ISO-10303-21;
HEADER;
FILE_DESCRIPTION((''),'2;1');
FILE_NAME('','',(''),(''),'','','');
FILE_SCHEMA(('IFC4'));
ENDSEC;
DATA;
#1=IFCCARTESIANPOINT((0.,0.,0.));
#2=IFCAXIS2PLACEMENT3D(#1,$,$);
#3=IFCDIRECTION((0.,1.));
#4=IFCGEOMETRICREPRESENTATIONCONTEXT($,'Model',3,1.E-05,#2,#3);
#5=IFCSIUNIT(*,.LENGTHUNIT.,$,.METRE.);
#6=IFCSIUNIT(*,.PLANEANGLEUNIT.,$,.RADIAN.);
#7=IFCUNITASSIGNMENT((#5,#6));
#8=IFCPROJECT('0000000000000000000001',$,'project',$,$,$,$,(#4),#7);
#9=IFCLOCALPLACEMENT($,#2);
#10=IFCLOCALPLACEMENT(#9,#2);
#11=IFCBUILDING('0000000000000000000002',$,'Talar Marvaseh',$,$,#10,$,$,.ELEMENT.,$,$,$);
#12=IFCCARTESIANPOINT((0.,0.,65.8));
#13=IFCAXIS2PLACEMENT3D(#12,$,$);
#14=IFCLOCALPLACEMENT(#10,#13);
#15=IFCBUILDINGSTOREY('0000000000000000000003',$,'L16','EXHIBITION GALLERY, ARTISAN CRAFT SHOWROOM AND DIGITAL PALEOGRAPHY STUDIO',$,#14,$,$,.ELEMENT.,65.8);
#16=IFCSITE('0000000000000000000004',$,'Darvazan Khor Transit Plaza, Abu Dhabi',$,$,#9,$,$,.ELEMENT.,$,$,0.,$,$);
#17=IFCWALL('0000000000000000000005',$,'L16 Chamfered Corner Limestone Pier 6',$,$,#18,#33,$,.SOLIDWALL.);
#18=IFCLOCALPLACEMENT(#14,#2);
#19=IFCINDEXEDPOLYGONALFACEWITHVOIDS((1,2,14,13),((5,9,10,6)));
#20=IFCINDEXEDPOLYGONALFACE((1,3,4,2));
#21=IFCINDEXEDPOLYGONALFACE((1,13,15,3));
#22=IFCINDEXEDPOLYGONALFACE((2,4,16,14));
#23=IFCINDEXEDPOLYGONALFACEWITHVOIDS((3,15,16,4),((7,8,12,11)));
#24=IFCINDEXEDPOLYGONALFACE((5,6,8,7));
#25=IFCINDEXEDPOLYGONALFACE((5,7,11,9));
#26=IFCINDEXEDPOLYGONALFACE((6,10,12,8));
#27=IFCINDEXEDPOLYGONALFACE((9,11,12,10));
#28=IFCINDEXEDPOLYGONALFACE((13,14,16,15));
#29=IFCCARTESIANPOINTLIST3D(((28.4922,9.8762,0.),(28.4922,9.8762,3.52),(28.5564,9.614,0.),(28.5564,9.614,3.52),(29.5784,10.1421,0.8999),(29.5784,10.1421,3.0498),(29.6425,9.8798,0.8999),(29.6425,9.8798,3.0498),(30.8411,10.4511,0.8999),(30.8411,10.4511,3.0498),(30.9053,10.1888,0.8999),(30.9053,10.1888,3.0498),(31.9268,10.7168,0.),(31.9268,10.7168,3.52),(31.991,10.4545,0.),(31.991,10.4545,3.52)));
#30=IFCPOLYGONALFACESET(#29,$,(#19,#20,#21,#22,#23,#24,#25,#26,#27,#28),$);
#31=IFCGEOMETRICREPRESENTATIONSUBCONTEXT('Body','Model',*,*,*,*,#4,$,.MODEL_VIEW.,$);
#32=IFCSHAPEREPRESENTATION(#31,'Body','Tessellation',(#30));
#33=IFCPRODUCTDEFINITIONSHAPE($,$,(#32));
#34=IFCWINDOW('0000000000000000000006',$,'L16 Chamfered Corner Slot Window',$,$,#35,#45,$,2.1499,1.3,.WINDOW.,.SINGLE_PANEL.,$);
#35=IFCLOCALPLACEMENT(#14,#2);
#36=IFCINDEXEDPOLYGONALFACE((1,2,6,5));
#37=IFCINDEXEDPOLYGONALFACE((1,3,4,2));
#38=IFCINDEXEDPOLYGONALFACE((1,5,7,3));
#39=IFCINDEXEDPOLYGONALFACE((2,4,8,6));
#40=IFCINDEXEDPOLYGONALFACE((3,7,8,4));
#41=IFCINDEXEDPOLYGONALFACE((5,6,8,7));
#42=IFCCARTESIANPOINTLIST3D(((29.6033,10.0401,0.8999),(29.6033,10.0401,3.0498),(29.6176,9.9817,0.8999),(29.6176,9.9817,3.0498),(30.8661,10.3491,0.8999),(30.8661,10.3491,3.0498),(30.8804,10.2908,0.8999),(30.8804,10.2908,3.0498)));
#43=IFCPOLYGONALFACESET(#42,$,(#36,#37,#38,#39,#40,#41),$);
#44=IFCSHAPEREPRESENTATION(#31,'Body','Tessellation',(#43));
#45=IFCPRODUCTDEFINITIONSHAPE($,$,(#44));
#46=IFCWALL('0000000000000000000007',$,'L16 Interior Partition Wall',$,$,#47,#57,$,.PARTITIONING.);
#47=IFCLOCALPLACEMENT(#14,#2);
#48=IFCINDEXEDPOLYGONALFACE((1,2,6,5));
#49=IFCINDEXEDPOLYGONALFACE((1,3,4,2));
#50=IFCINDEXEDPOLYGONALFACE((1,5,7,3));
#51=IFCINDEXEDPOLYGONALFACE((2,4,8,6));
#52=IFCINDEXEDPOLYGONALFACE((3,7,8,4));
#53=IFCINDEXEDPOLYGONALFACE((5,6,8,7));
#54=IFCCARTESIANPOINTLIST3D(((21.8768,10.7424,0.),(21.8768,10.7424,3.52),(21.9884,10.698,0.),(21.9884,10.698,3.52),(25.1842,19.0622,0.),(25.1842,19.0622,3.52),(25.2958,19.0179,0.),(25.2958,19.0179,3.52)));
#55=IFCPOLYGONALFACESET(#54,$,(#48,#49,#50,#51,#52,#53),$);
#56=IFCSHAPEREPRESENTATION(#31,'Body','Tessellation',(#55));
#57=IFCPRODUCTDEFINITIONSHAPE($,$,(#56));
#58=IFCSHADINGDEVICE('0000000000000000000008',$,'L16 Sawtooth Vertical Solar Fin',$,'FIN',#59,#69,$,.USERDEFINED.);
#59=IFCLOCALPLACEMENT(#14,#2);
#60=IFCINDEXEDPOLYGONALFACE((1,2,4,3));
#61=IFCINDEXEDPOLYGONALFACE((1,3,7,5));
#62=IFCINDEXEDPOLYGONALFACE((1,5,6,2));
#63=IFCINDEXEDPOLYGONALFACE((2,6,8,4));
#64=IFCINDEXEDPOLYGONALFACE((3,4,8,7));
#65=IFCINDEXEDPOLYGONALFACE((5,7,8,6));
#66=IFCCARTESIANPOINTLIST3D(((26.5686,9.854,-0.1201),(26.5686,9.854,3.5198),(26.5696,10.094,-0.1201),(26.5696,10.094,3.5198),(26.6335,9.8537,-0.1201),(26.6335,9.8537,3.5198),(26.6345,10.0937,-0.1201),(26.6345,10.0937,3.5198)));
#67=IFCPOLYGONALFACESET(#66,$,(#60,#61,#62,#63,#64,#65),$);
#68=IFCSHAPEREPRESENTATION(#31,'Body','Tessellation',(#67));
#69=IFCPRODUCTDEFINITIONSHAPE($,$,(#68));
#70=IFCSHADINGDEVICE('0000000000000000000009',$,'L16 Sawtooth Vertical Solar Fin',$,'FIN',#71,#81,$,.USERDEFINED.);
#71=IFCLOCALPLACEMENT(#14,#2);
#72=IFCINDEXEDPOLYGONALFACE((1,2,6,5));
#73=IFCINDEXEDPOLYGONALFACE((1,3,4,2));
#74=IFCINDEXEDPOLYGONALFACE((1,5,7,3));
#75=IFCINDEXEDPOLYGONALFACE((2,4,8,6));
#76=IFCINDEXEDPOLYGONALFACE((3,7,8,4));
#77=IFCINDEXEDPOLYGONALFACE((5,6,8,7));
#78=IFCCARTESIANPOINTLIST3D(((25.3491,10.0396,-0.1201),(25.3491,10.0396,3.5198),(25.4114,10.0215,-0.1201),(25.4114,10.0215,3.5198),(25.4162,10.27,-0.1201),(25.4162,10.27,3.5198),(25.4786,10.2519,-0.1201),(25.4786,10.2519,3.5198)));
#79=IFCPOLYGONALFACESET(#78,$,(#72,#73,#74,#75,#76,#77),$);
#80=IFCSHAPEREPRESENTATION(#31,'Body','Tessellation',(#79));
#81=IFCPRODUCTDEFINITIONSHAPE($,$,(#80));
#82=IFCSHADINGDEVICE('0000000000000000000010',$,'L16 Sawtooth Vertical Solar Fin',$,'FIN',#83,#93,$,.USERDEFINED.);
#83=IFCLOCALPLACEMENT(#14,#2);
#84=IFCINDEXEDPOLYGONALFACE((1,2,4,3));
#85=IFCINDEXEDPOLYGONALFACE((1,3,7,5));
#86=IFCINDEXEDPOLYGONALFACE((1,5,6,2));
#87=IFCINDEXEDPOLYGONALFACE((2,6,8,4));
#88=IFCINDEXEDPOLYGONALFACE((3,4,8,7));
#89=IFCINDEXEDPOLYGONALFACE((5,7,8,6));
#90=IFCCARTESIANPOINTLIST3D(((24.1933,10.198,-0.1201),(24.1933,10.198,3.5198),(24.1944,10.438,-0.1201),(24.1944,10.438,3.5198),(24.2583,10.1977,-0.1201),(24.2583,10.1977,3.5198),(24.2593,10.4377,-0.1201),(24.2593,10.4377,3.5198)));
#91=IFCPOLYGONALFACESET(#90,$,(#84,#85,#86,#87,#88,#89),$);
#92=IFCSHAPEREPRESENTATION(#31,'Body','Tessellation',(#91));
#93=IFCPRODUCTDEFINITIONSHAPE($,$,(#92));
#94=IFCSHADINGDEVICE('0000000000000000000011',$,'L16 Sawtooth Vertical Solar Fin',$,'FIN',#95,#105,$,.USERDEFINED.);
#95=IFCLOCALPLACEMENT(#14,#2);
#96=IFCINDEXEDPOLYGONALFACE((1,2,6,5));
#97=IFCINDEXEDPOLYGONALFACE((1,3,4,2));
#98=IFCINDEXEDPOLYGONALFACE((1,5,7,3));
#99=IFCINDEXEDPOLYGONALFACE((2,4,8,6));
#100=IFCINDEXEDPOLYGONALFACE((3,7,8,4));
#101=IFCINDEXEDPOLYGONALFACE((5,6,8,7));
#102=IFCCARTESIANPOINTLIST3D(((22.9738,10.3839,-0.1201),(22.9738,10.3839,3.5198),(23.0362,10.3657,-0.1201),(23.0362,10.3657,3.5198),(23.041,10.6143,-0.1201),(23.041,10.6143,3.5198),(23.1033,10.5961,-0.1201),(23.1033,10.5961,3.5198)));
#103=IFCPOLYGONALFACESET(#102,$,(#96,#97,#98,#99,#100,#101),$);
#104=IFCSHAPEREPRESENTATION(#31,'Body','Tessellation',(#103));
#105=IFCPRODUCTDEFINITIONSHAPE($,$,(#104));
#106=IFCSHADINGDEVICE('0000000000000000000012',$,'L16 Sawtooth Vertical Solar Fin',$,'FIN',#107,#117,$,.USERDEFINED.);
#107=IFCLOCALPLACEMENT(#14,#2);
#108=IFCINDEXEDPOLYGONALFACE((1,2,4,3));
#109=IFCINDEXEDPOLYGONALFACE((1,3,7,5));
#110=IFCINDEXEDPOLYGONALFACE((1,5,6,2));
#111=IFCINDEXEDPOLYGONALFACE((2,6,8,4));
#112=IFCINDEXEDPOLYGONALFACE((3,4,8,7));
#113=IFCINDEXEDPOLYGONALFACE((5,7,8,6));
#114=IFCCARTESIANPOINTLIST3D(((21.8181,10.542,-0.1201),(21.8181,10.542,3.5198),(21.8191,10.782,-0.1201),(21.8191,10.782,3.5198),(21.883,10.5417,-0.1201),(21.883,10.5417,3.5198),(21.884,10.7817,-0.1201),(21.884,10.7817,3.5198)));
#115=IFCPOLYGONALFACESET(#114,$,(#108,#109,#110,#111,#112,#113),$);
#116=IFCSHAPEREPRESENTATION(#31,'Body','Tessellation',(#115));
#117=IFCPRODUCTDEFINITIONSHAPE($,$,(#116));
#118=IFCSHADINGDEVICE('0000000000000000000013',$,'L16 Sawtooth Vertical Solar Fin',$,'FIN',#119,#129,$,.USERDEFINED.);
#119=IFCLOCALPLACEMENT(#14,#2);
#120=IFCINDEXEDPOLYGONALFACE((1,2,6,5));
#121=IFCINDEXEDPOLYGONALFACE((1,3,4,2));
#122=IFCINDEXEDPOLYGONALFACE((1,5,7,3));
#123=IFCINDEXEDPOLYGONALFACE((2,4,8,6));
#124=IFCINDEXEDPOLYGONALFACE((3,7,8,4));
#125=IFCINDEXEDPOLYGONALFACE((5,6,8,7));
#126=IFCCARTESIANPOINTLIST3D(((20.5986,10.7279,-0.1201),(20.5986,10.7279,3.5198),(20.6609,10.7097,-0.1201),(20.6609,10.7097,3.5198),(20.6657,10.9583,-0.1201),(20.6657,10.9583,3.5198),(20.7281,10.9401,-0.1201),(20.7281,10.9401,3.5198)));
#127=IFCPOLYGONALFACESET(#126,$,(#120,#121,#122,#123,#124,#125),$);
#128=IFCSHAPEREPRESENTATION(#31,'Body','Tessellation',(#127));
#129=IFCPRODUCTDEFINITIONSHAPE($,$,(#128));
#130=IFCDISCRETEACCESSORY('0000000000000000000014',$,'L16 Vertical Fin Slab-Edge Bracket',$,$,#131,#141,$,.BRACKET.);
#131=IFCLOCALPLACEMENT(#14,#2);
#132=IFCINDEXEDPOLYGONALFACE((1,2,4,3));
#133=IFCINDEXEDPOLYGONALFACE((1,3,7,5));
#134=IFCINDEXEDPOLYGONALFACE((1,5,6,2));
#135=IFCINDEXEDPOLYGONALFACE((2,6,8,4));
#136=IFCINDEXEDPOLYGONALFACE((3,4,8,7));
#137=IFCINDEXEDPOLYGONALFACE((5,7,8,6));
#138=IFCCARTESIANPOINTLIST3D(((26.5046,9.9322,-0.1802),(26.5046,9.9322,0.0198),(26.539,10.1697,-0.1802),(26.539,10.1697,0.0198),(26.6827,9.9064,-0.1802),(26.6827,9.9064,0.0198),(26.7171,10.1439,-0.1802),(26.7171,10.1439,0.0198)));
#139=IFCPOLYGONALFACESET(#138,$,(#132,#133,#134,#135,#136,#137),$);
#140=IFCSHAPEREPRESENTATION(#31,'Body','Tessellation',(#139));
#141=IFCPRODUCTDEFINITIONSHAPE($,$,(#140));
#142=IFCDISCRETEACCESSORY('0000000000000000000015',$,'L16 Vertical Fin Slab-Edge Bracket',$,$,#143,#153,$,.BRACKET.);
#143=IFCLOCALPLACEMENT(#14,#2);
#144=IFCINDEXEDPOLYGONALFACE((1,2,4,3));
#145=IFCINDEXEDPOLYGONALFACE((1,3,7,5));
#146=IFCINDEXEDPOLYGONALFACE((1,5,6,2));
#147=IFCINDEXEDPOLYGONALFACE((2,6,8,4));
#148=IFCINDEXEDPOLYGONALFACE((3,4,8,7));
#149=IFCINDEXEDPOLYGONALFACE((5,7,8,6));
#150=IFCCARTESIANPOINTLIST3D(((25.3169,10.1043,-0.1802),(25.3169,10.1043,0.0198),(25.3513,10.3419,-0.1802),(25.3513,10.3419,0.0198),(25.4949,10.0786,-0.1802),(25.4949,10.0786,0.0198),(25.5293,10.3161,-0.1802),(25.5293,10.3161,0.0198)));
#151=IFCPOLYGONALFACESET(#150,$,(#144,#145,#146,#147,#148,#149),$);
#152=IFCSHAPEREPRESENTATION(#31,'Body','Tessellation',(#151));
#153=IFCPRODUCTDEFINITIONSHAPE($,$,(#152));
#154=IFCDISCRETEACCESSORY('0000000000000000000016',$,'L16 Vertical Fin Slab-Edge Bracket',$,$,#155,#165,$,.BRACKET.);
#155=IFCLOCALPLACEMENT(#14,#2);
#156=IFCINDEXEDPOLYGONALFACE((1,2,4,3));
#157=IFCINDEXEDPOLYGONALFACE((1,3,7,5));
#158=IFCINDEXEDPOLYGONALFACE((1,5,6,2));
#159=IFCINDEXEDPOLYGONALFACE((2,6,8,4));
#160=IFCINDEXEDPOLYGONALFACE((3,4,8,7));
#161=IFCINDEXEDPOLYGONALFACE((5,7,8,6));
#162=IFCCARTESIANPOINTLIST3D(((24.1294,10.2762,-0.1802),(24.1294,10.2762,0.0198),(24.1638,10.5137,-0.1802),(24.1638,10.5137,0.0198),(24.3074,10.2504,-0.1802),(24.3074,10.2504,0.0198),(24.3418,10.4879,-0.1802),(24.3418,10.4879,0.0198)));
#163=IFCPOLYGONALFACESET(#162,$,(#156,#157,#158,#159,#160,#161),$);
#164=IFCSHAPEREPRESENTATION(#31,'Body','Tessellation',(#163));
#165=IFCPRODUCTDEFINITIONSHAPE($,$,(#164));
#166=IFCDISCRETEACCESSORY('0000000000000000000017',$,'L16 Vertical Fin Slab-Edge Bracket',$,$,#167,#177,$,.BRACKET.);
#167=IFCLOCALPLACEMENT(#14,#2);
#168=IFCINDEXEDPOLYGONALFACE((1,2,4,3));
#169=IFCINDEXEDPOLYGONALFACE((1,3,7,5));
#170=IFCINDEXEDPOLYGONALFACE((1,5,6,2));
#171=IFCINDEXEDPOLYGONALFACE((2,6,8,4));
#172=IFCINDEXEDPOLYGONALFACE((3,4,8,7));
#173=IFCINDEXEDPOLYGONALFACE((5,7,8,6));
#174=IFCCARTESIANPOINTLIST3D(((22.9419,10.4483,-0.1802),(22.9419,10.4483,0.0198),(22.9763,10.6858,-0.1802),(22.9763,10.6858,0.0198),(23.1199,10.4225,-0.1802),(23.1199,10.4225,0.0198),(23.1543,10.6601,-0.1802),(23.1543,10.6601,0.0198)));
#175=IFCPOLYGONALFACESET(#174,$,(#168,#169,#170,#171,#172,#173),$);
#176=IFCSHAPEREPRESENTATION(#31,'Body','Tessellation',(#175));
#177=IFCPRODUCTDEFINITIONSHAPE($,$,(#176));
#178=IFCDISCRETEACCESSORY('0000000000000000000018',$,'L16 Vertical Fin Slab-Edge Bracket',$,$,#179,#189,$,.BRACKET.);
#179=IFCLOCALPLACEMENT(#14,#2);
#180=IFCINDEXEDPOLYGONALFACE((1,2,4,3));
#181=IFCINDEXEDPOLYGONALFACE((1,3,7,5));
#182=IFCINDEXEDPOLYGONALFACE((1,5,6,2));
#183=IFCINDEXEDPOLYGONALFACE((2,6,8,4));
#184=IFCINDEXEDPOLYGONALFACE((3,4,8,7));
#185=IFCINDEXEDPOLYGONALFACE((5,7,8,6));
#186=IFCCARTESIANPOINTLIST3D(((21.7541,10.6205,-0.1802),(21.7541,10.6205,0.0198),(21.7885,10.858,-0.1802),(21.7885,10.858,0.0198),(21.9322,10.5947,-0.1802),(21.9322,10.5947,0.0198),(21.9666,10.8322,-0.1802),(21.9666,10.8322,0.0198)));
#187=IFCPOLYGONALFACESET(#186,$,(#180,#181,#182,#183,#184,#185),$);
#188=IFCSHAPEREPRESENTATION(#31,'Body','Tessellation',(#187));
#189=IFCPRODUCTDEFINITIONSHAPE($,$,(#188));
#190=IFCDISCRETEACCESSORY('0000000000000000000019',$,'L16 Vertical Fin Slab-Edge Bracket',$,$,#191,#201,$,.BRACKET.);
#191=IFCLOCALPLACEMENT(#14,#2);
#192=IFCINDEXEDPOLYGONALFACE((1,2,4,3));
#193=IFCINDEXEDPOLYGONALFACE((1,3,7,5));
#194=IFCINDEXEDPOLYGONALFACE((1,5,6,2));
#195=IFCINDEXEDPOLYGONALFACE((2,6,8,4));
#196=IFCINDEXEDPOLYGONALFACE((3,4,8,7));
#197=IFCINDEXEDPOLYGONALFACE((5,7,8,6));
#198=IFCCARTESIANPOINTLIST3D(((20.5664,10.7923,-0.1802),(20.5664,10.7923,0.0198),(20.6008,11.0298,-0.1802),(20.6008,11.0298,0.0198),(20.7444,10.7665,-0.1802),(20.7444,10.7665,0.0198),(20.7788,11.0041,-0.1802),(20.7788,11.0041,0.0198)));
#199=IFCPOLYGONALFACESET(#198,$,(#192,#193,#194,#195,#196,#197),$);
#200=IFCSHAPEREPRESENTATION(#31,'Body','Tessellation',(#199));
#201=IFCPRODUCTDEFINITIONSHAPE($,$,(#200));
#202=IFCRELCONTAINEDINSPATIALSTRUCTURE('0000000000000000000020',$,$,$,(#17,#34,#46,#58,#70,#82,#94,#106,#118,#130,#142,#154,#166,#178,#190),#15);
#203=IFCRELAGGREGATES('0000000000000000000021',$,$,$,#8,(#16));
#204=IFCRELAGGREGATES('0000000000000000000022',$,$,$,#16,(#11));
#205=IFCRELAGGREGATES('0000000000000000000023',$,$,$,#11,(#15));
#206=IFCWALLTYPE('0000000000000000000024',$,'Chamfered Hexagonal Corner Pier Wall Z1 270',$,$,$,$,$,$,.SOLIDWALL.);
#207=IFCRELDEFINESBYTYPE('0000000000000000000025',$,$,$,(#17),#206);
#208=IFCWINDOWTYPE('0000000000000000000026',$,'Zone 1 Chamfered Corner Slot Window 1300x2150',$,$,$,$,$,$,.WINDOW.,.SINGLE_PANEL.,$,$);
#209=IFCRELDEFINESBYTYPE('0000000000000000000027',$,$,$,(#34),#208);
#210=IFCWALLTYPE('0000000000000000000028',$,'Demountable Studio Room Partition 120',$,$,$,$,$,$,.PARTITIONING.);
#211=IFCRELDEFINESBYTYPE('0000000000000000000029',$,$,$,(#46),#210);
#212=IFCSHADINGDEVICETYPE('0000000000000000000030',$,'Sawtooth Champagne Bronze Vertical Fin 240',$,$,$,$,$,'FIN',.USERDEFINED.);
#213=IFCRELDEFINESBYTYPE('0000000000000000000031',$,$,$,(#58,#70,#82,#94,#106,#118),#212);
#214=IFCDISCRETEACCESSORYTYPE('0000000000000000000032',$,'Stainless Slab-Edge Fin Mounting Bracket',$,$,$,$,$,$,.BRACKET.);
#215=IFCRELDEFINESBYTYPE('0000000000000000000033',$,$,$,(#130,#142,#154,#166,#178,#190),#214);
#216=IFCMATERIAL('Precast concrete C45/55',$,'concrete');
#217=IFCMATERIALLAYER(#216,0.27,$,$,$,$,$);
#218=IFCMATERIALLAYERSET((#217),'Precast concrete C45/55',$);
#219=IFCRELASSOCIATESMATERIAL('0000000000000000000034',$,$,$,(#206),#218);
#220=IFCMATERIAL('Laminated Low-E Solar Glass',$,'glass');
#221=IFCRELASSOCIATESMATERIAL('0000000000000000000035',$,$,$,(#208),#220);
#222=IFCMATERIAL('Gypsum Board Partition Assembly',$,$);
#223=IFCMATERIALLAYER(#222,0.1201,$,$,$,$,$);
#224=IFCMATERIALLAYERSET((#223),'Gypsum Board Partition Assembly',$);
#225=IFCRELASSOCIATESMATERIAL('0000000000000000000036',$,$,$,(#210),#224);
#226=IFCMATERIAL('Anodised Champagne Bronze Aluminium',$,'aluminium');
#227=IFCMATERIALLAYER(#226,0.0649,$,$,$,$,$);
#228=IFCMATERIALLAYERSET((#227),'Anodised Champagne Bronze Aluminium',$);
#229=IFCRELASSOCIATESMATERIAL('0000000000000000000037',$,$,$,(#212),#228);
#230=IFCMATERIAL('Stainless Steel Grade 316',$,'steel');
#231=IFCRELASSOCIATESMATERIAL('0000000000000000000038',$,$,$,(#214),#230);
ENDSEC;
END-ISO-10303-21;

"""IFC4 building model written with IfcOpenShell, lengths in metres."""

from ifc_helpers import new_model, si_unit, direction, frame, frame_2d, origin, origin_2d, place, context, subcontext, project, spatial, rectangle, extrude, source, transform, mapped, material, layer, layer_set, type_object, type_shapes, element, fill, save


model = new_model("IFC4")

# Units and contexts
model_context = context("Model", 3, precision=1e-05, world=origin(), true_north=direction((0.0, 1.0)))
body_context = subcontext(model_context, "Body", "Model", "MODEL_VIEW")
ifc_project = project(units=[si_unit("LENGTHUNIT", "METRE"), si_unit("PLANEANGLEUNIT", "RADIAN")], contexts=[model_context])

# Site, building, storey
site_placement = place(None, origin())
site = spatial("IfcSite", under=ifc_project, at=site_placement, Name="Darvazan Khor Transit Plaza, Abu Dhabi", CompositionType="ELEMENT", RefElevation=0.0)
building_placement = place(site_placement, origin())
building = spatial("IfcBuilding", under=site, at=building_placement, Name="Talar Marvaseh", CompositionType="ELEMENT")
storey_placement = place(building_placement, frame((0.0, 0.0, 65.8)))
storey = spatial("IfcBuildingStorey", under=building, at=storey_placement, Name="L16", Description="EXHIBITION GALLERY, ARTISAN CRAFT SHOWROOM AND DIGITAL PALEOGRAPHY STUDIO", CompositionType="ELEMENT", Elevation=65.8)

# Shared definitions
ifc_material_1 = material(Name="Laminated Low-E Solar Glass", Category="glass")

# Wall, opening, window
ifc_material_2 = material(Name="Precast concrete C45/55", Category="concrete")
ifc_layer_1 = layer(ifc_material_2, 0.27)
ifc_layer_set_1 = layer_set([ifc_layer_1], Name="Precast concrete C45/55")
wall_type_1 = type_object("IfcWallType", Name="Chamfered Hexagonal Corner Pier Wall Z1 270", PredefinedType="SOLIDWALL", material=ifc_layer_set_1)
wall_1_placement = place(storey_placement, frame((31.959, 10.5857, 0.0), z_axis=(0.0, 0.0, 1.0), x_axis=(-0.971333, -0.237724, 0.0)))
wall_1 = element("IfcWall", 1, at=wall_1_placement, inside=storey, type_object=wall_type_1, Name="L16 Chamfered Corner Limestone Pier 6", PredefinedType="SOLIDWALL", context=body_context, shape_type="SweptSolid", body=[
    extrude(rectangle(XDim=3.5359, YDim=0.27, at=frame_2d((1.7681, 0.0))), origin(), (0.0, 0.0, 1.0), 3.52),
])
opening_placement = place(wall_1_placement, frame((1.1179, 0.0, 0.8999)))
opening = element("IfcOpeningElement", 2, at=opening_placement, cuts=wall_1, PredefinedType="OPENING", context=body_context, shape_type="SweptSolid", body=[
    extrude(rectangle(XDim=1.3, YDim=2.1499, at=frame_2d((0.6499, 1.075))), frame((0.0, 0.145, 0.0), z_axis=(0.0, -1.0, 0.0), x_axis=(1.0, 0.0, 0.0)), (0.0, 0.0, 1.0), 0.29),
])
window_type = type_object("IfcWindowType", Name="Zone 1 Chamfered Corner Slot Window 1300x2150", PartitioningType="SINGLE_PANEL", PredefinedType="WINDOW", material=ifc_material_1)
shared_shape_1 = source(origin(), body_context, "Body", "SweptSolid", [
    extrude(rectangle(XDim=1.3, YDim=2.1499, at=frame_2d((0.6499, 1.075))), frame((0.0, 0.03, 0.0), z_axis=(0.0, -1.0, 0.0), x_axis=(1.0, 0.0, 0.0)), (0.0, 0.0, 1.0), 0.0601),
])
type_shapes(window_type, [shared_shape_1])
window_placement = place(opening_placement, origin())
window = element("IfcWindow", 3, at=window_placement, inside=storey, type_object=window_type, Name="L16 Chamfered Corner Slot Window", OverallHeight=2.1499, OverallWidth=1.3, PartitioningType="SINGLE_PANEL", PredefinedType="WINDOW", context=body_context, shape_type="MappedRepresentation", body=[
    mapped(shared_shape_1, transform((0.0, 0.0, 0.0), x_axis=(1.0, 0.0, 0.0), y_axis=(0.0, 1.0, 0.0), z_axis=(0.0, 0.0, 1.0), scale=1.0)),
])
fill(opening, window)

# Wall
ifc_material_3 = material(Name="Gypsum Board Partition Assembly")
ifc_layer_2 = layer(ifc_material_3, 0.1201)
ifc_layer_set_2 = layer_set([ifc_layer_2], Name="Gypsum Board Partition Assembly")
wall_type_2 = type_object("IfcWallType", Name="Demountable Studio Room Partition 120", PredefinedType="PARTITIONING", material=ifc_layer_set_2)
wall_2_placement = place(storey_placement, frame((25.24, 19.04, 0.0), z_axis=(0.0, 0.0, 1.0), x_axis=(-0.36941, -0.929266, 0.0)))
element("IfcWall", 4, at=wall_2_placement, inside=storey, type_object=wall_type_2, Name="L16 Interior Partition Wall", PredefinedType="PARTITIONING", context=body_context, shape_type="SweptSolid", body=[
    extrude(rectangle(XDim=8.9531, YDim=0.1201, at=frame_2d((4.4766, 0.0))), origin(), (0.0, 0.0, 1.0), 3.52),
])

# Shading devices
ifc_material_4 = material(Name="Anodised Champagne Bronze Aluminium", Category="aluminium")
ifc_layer_3 = layer(ifc_material_4, 0.0649)
ifc_layer_set_3 = layer_set([ifc_layer_3], Name="Anodised Champagne Bronze Aluminium")
shading_device_type = type_object("IfcShadingDeviceType", Name="Sawtooth Champagne Bronze Vertical Fin 240", ElementType="FIN", PredefinedType="USERDEFINED", material=ifc_layer_set_3)
shared_shape_2 = source(origin(), body_context, "Body", "SweptSolid", [
    extrude(rectangle(XDim=0.24, YDim=0.0649, at=origin_2d()), origin(), (0.0, 0.0, 1.0), 3.6399),
])
type_shapes(shading_device_type, [shared_shape_2])
for number, where, z_axis, x_axis, name in (
    (5, (26.6016, 9.9739, -0.1201), (0.0, 0.0, 1.0), (-0.004189, -0.999991, 0.0), "L16 Sawtooth Vertical Solar Fin"),
    (6, (25.4138, 10.1458, -0.1201), (0.0, 0.0, 1.0), (-0.279661, -0.960099, 0.0), "L16 Sawtooth Vertical Solar Fin"),
    (7, (24.2263, 10.3179, -0.1201), (0.0, 0.0, 1.0), (-0.004189, -0.999991, 0.0), "L16 Sawtooth Vertical Solar Fin"),
    (8, (23.0386, 10.49, -0.1201), (0.0, 0.0, 1.0), (-0.279661, -0.960099, 0.0), "L16 Sawtooth Vertical Solar Fin"),
    (9, (21.8511, 10.6619, -0.1201), (0.0, 0.0, 1.0), (-0.004189, -0.999991, 0.0), "L16 Sawtooth Vertical Solar Fin"),
    (10, (20.6633, 10.834, -0.1201), (0.0, 0.0, 1.0), (-0.279661, -0.960099, 0.0), "L16 Sawtooth Vertical Solar Fin"),
):
    element("IfcShadingDevice", number, at=place(storey_placement, frame(where, z_axis=z_axis, x_axis=x_axis)), inside=storey, type_object=shading_device_type, Name=name, ObjectType="FIN", PredefinedType="USERDEFINED", context=body_context, shape_type="MappedRepresentation", body=[
        mapped(shared_shape_2, transform((0.0, 0.0, 0.0), x_axis=(1.0, 0.0, 0.0), y_axis=(0.0, 1.0, 0.0), z_axis=(0.0, 0.0, 1.0), scale=1.0)),
    ])

# Discrete accessories
ifc_material_5 = material(Name="Stainless Steel Grade 316", Category="steel")
discrete_accessory_type = type_object("IfcDiscreteAccessoryType", Name="Stainless Slab-Edge Fin Mounting Bracket", PredefinedType="BRACKET", material=ifc_material_5)
shared_shape_3 = source(origin(), body_context, "Body", "SweptSolid", [
    extrude(rectangle(XDim=0.24, YDim=0.1799, at=origin_2d()), origin(), (0.0, 0.0, 1.0), 0.2),
])
type_shapes(discrete_accessory_type, [shared_shape_3])
for number, where, z_axis, x_axis, name in (
    (11, (26.6108, 10.0381, -0.1802), (0.0, 0.0, 1.0), (-0.14332, -0.989676, 0.0), "L16 Vertical Fin Slab-Edge Bracket"),
    (12, (25.4231, 10.2102, -0.1802), (0.0, 0.0, 1.0), (-0.14332, -0.989676, 0.0), "L16 Vertical Fin Slab-Edge Bracket"),
    (13, (24.2356, 10.3821, -0.1802), (0.0, 0.0, 1.0), (-0.14332, -0.989676, 0.0), "L16 Vertical Fin Slab-Edge Bracket"),
    (14, (23.0481, 10.5542, -0.1802), (0.0, 0.0, 1.0), (-0.14332, -0.989676, 0.0), "L16 Vertical Fin Slab-Edge Bracket"),
    (15, (21.8604, 10.7263, -0.1802), (0.0, 0.0, 1.0), (-0.14332, -0.989676, 0.0), "L16 Vertical Fin Slab-Edge Bracket"),
    (16, (20.6726, 10.8982, -0.1802), (0.0, 0.0, 1.0), (-0.14332, -0.989676, 0.0), "L16 Vertical Fin Slab-Edge Bracket"),
):
    element("IfcDiscreteAccessory", number, at=place(storey_placement, frame(where, z_axis=z_axis, x_axis=x_axis)), inside=storey, type_object=discrete_accessory_type, Name=name, PredefinedType="BRACKET", context=body_context, shape_type="MappedRepresentation", body=[
        mapped(shared_shape_3, transform((0.0, 0.0, 0.0), x_axis=(1.0, 0.0, 0.0), y_axis=(0.0, 1.0, 0.0), z_axis=(0.0, 0.0, 1.0), scale=1.0)),
    ])

save(model, "model.ifc")
